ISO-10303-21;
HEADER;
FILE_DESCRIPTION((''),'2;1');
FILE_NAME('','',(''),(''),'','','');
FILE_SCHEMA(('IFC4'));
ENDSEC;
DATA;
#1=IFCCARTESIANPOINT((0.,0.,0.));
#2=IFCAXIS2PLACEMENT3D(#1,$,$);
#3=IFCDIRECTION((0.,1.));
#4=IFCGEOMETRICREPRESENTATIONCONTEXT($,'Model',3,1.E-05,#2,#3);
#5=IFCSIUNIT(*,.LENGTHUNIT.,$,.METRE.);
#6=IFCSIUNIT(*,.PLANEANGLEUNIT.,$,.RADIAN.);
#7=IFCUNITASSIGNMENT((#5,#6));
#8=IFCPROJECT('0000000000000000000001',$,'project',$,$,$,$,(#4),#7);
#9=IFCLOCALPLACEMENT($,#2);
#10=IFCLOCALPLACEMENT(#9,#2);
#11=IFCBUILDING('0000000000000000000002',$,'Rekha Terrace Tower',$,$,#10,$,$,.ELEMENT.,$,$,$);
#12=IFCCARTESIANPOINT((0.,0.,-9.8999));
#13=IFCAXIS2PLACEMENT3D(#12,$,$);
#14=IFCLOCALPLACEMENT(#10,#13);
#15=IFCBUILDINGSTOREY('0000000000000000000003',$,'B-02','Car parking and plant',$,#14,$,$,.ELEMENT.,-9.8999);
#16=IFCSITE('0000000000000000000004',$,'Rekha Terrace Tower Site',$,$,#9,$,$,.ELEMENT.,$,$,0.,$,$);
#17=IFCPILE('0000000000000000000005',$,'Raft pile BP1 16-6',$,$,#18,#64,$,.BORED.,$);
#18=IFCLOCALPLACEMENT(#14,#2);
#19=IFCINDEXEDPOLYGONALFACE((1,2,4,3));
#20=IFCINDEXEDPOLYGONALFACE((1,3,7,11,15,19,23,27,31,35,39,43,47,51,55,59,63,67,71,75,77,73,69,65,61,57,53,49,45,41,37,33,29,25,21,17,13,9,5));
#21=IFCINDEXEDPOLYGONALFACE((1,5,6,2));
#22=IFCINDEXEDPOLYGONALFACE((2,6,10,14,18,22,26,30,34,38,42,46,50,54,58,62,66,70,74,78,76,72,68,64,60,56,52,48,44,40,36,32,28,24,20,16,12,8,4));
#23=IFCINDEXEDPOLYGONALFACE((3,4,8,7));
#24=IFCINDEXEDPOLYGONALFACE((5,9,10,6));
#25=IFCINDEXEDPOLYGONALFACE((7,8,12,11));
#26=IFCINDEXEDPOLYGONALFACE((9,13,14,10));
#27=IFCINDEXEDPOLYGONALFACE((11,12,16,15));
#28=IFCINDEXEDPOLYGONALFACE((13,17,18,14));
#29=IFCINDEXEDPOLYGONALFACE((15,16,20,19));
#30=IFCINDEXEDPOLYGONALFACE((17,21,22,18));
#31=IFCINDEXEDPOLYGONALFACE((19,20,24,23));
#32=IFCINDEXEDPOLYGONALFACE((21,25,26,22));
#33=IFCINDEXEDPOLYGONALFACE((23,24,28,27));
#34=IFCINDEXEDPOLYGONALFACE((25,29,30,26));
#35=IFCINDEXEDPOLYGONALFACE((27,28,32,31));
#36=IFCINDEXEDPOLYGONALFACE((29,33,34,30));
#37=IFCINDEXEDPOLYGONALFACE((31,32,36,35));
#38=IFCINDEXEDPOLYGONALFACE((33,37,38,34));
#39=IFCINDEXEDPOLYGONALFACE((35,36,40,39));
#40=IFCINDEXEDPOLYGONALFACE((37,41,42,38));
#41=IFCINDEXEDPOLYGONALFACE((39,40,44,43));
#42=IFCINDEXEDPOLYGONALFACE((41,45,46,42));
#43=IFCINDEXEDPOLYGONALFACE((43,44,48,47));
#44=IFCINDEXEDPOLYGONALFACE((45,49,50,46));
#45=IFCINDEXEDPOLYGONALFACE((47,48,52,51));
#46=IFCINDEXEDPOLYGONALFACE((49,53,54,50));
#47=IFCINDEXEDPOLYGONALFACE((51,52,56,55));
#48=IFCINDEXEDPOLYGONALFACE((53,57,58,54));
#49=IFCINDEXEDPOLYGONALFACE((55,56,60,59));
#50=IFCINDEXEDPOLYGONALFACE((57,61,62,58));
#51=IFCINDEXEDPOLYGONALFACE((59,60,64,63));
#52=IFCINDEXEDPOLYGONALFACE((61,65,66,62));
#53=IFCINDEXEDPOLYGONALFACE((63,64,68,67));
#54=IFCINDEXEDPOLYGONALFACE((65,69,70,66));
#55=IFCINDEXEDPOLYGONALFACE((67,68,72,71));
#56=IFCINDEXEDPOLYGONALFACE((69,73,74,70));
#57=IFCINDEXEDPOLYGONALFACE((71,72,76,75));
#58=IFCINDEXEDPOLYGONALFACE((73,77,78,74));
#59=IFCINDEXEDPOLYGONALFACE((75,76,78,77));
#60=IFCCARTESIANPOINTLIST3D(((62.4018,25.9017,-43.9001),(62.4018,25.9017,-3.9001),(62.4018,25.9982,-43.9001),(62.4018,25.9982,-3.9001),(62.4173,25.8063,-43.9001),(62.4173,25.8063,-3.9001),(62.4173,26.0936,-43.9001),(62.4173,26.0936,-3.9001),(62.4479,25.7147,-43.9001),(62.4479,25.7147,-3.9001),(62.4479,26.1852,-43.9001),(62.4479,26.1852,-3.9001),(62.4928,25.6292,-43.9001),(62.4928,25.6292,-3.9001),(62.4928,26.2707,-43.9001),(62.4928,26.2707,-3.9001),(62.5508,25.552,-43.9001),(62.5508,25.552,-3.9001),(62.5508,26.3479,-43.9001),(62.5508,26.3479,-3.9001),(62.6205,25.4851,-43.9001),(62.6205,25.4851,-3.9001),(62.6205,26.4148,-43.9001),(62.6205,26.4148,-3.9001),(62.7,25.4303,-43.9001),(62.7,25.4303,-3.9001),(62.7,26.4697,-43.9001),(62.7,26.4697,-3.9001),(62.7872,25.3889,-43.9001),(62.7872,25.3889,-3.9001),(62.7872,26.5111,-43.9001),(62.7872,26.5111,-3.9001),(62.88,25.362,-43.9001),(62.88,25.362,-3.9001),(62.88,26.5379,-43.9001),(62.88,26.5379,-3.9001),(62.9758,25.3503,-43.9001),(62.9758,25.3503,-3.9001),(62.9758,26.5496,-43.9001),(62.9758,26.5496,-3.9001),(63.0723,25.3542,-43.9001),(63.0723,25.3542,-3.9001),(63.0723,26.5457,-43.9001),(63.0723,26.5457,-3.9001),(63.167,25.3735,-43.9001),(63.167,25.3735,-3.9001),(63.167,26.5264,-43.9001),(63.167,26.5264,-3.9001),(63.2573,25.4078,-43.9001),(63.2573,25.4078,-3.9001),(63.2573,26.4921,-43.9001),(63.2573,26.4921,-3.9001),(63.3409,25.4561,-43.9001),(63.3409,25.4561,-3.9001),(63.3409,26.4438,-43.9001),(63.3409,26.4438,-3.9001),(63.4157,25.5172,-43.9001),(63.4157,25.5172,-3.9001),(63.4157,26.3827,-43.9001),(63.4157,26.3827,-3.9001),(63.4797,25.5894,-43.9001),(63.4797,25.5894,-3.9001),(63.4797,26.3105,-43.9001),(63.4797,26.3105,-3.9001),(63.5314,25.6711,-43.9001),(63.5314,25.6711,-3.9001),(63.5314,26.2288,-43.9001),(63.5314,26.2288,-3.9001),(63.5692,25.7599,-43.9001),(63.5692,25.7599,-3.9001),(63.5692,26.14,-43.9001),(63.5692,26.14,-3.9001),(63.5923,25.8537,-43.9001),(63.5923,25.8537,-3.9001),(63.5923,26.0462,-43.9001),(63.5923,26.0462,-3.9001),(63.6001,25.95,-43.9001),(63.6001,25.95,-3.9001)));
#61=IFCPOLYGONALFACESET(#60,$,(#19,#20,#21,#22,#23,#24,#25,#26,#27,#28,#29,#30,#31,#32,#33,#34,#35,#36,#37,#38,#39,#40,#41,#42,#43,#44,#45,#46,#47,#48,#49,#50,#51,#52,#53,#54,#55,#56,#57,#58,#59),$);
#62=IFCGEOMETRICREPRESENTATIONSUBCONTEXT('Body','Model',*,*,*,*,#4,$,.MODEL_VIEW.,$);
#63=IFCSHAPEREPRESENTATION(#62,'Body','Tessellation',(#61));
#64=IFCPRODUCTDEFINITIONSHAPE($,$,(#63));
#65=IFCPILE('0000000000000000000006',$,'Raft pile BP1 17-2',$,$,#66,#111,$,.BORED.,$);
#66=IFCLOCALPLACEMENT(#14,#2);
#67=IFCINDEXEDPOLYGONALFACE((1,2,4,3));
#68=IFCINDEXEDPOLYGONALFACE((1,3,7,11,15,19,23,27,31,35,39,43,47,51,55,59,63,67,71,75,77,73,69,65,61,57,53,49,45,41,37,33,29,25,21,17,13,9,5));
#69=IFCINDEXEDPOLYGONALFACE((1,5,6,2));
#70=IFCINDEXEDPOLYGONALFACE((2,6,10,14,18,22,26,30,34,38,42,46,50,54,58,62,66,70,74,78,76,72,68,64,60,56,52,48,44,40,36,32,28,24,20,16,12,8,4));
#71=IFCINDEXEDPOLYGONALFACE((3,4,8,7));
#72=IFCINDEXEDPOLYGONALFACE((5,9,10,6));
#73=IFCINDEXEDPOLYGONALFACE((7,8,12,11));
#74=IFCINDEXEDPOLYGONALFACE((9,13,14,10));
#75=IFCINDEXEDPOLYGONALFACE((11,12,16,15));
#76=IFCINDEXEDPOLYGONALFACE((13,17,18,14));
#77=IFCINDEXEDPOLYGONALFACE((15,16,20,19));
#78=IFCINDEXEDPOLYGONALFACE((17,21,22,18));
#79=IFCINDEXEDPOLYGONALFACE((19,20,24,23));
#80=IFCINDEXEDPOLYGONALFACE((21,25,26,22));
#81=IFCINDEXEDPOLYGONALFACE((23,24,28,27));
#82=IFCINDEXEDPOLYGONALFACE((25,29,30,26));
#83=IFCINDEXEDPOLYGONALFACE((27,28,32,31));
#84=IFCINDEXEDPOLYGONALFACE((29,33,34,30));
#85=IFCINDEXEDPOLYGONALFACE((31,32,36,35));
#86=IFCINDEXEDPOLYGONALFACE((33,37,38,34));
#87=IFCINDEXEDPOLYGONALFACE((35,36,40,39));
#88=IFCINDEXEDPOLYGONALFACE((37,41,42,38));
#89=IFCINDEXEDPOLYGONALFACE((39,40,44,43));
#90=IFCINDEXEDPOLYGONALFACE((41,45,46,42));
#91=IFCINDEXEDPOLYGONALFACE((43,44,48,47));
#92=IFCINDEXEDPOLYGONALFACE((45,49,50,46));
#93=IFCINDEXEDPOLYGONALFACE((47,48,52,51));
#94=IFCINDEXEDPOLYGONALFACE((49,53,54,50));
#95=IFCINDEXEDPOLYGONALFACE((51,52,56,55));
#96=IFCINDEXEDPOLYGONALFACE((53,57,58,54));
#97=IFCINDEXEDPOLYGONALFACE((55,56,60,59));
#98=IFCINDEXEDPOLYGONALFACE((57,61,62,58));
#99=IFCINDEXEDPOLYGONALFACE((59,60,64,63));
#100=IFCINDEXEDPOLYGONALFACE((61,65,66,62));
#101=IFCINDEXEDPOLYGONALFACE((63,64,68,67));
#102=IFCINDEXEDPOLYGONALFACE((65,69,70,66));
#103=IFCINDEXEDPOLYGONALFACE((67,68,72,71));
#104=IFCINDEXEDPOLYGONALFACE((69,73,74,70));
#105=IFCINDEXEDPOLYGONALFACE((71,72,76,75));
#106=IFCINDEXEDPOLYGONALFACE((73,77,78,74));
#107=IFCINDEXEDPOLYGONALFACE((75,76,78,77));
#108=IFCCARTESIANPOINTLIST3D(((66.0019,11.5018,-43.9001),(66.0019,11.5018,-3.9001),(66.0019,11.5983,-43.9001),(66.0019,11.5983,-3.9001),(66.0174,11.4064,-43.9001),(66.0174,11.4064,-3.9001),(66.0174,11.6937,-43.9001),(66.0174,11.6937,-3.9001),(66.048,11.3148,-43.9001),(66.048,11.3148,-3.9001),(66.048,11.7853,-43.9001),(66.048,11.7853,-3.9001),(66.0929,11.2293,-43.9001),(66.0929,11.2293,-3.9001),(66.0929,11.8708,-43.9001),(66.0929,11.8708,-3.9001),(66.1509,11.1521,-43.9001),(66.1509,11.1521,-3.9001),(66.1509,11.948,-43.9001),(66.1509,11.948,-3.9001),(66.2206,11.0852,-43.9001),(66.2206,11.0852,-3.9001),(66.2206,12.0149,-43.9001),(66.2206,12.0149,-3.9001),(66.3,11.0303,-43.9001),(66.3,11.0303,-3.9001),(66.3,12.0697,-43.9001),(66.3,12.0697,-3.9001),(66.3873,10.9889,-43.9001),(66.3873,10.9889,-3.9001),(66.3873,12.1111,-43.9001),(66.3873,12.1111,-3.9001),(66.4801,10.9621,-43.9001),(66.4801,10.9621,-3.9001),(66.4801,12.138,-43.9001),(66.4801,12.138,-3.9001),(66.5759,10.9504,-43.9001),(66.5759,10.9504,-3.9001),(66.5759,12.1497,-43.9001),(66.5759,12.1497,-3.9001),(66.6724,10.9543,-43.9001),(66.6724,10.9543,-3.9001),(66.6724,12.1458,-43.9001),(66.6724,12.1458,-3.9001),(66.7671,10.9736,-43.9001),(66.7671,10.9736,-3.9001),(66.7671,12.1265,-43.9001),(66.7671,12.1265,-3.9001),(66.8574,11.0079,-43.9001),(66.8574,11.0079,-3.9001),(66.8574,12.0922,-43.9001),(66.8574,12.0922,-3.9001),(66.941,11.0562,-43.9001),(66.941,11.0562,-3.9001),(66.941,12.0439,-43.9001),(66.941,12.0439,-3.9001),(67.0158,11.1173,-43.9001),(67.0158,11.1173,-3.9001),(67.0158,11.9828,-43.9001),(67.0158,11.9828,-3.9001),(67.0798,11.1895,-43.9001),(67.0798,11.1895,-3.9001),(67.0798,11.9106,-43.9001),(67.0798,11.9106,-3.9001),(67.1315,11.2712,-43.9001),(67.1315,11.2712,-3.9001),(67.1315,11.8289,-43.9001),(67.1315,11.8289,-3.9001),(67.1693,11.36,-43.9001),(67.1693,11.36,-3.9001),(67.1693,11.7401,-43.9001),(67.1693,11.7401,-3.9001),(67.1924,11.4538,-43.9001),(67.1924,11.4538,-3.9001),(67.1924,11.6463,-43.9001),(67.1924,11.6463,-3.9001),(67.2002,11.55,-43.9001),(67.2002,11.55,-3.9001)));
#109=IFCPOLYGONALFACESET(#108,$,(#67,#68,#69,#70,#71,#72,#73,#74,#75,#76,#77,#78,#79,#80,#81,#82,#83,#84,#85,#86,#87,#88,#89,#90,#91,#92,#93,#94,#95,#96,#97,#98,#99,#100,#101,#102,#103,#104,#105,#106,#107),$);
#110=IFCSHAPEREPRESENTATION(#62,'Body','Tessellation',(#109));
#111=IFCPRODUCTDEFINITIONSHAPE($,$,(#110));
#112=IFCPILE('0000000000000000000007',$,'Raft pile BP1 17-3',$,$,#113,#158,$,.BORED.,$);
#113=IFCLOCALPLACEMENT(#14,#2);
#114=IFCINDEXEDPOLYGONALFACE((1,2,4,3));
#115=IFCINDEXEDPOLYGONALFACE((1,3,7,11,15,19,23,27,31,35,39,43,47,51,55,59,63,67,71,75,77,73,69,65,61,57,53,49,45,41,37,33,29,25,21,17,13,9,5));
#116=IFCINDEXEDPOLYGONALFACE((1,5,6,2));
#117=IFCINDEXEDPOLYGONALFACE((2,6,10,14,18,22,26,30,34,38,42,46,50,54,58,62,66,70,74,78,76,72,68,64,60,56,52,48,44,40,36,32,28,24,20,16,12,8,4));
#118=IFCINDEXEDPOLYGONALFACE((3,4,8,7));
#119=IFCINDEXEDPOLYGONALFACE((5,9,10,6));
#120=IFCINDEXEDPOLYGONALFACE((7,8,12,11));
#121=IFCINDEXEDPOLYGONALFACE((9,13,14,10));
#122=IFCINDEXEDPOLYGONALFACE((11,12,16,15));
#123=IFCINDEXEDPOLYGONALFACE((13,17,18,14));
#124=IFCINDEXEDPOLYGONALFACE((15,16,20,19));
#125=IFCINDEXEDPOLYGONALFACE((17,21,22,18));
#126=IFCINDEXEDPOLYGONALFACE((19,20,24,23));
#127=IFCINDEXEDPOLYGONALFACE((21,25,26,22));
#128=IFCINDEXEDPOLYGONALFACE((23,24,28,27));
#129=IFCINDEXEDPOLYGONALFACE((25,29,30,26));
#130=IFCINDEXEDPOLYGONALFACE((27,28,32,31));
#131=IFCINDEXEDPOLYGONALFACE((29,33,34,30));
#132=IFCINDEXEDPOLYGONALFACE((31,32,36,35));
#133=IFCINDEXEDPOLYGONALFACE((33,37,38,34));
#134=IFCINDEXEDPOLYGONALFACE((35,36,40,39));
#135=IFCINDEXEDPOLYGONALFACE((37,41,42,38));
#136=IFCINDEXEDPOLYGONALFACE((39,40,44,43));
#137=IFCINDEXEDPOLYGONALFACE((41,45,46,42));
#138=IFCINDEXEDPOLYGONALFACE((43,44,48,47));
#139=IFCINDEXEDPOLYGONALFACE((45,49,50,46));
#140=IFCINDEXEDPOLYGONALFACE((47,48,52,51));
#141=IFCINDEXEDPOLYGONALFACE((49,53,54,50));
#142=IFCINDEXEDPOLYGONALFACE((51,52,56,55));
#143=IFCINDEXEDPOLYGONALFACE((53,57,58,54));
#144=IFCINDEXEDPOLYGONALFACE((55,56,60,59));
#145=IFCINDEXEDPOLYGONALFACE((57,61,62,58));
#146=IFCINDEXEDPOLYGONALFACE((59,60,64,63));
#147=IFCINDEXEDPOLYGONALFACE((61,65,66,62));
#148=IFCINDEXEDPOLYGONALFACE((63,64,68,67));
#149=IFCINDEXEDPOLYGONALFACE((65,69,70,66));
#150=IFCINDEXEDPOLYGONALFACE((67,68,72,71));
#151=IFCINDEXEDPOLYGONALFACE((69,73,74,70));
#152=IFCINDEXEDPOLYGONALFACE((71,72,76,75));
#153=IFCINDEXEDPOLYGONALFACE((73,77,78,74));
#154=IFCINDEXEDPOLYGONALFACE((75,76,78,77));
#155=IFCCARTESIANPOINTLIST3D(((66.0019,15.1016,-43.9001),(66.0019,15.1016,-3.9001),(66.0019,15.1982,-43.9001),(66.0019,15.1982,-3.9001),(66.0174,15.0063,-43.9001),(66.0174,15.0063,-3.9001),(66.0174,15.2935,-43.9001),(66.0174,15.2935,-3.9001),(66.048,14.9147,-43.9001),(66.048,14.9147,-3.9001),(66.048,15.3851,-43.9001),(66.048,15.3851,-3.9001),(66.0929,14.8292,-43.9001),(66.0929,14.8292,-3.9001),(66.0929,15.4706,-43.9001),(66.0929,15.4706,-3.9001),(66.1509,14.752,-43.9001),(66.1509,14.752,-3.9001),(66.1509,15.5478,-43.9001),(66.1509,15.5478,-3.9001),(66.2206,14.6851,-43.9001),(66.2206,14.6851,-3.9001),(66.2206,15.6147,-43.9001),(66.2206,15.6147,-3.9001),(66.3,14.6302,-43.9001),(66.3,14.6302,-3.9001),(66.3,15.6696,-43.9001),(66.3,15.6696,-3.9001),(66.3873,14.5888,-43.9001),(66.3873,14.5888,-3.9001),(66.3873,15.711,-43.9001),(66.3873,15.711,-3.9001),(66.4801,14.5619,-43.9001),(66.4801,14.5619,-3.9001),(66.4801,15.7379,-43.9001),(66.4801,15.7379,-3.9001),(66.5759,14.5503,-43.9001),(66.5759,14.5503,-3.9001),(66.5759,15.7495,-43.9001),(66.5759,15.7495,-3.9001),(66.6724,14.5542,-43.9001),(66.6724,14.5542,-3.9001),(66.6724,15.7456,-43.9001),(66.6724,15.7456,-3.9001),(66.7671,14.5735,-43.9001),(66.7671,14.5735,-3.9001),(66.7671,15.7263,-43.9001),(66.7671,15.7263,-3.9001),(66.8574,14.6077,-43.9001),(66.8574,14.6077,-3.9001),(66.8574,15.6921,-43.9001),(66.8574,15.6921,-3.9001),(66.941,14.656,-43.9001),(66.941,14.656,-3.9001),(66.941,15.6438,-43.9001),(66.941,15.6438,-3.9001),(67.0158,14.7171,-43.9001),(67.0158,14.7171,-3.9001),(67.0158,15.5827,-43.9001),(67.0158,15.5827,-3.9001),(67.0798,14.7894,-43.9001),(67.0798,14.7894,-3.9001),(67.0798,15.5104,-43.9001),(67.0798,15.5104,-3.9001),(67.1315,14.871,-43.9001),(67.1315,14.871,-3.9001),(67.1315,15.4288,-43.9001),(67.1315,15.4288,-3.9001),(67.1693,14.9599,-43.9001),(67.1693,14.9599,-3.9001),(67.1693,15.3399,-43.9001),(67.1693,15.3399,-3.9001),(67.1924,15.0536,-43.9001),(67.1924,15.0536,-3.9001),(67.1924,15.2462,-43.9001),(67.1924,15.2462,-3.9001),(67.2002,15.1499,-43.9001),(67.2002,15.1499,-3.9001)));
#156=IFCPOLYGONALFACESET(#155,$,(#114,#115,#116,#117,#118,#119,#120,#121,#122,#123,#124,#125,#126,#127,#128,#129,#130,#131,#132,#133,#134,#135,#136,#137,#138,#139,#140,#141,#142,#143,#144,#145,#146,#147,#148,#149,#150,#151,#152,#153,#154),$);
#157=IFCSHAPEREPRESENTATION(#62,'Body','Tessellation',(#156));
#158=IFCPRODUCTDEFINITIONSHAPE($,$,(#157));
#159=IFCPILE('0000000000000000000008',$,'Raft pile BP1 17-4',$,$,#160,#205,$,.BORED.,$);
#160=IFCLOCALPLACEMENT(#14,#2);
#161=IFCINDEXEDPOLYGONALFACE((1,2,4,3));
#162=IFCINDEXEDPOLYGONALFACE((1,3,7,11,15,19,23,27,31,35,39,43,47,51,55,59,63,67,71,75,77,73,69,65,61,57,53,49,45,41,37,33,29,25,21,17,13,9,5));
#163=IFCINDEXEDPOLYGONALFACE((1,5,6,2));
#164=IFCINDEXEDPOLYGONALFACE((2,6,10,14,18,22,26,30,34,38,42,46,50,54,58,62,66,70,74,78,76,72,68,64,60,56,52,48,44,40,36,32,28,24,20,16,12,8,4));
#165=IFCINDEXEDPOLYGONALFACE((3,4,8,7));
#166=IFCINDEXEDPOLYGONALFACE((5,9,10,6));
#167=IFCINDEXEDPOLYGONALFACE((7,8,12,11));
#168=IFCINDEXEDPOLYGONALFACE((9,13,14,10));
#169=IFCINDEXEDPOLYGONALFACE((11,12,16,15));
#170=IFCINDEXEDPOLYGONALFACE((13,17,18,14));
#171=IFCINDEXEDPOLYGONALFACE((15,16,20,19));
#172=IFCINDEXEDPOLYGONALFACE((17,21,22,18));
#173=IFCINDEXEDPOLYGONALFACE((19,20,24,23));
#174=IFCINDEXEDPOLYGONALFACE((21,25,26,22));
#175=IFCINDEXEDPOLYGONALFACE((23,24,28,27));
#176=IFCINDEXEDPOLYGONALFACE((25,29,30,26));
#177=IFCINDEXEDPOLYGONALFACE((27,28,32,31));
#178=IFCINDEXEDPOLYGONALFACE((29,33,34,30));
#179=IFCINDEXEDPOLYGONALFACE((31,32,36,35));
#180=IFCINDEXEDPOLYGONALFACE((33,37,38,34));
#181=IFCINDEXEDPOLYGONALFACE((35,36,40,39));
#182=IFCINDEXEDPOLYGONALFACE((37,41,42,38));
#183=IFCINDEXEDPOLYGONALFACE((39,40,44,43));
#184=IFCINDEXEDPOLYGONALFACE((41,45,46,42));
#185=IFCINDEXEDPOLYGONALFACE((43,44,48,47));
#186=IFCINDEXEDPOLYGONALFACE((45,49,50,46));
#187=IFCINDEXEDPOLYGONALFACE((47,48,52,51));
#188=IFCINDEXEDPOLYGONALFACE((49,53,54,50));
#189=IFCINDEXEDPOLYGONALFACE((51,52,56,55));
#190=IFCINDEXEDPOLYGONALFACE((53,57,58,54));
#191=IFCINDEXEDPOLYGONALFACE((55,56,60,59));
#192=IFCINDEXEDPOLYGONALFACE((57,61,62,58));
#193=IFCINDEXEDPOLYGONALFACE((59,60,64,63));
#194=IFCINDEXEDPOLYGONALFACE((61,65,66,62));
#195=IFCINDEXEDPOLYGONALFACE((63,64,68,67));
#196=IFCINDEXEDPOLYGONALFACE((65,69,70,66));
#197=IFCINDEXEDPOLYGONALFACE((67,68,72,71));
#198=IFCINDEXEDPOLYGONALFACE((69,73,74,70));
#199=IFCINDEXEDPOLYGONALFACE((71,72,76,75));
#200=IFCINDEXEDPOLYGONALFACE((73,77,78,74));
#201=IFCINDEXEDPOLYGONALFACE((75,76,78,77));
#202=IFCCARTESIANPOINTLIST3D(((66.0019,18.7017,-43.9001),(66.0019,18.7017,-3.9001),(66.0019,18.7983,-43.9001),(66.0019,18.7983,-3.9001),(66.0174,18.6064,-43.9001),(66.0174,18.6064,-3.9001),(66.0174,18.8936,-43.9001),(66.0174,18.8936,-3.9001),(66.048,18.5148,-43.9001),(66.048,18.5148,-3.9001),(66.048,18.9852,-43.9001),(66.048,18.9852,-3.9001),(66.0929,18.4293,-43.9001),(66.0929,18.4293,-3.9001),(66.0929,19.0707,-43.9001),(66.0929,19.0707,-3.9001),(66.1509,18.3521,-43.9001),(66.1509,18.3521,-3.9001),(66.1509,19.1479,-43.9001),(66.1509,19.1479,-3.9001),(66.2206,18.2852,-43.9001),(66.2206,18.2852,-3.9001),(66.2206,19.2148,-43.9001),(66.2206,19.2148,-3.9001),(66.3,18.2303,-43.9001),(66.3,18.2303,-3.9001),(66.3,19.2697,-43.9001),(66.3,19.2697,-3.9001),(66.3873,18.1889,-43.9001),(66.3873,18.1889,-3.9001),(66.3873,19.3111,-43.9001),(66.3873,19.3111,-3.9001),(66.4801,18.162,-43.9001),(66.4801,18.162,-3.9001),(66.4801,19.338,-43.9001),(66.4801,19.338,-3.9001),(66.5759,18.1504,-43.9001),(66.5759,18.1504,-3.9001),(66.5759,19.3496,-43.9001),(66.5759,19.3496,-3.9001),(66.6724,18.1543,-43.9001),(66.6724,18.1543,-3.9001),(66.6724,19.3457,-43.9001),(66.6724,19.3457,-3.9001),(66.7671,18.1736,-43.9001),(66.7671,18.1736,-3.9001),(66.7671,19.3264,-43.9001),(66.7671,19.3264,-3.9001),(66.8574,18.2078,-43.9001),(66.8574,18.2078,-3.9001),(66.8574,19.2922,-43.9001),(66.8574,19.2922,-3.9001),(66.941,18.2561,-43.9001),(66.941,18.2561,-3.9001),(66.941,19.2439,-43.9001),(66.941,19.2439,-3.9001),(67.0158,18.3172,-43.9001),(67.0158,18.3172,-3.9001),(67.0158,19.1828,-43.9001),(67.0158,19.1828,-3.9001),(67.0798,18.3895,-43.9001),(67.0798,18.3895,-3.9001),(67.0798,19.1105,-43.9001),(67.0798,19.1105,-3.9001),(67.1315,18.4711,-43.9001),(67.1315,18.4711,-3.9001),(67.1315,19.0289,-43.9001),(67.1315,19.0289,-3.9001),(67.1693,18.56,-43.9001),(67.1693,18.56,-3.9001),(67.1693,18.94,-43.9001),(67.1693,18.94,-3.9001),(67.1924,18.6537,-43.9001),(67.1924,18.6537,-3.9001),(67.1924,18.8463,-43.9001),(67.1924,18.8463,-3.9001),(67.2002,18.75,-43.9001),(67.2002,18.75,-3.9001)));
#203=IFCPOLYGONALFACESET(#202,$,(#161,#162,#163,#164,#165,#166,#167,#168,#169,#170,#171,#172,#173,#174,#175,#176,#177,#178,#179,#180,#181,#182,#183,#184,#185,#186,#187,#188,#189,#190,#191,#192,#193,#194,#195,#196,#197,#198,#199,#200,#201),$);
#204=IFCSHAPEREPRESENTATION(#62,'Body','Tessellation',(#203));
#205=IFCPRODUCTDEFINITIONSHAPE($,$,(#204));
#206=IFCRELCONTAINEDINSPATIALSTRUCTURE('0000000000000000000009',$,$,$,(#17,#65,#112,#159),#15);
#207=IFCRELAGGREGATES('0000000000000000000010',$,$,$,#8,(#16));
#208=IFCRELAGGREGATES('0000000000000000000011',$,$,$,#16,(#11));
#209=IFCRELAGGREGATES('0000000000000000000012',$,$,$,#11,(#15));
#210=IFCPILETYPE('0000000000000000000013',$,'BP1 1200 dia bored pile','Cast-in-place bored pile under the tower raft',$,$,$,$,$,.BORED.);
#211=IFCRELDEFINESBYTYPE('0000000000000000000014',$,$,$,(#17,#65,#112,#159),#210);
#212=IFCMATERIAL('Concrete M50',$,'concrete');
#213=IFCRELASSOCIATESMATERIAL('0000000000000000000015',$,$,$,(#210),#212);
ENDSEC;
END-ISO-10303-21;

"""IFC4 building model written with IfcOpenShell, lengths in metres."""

from ifc_helpers import new_model, si_unit, direction, frame, origin, origin_2d, place, context, subcontext, project, spatial, circle, extrude, material, type_object, element, save


model = new_model("IFC4")

# Units and contexts
model_context = context("Model", 3, precision=1e-05, world=origin(), true_north=direction((0.0, 1.0)))
body_context = subcontext(model_context, "Body", "Model", "MODEL_VIEW")
ifc_project = project(units=[si_unit("LENGTHUNIT", "METRE"), si_unit("PLANEANGLEUNIT", "RADIAN")], contexts=[model_context])

# Site, building, storey
site_placement = place(None, origin())
site = spatial("IfcSite", under=ifc_project, at=site_placement, Name="Rekha Terrace Tower Site", CompositionType="ELEMENT", RefElevation=0.0)
building_placement = place(site_placement, origin())
building = spatial("IfcBuilding", under=site, at=building_placement, Name="Rekha Terrace Tower", CompositionType="ELEMENT")
storey_placement = place(building_placement, frame((0.0, 0.0, -9.8999)))
storey = spatial("IfcBuildingStorey", under=building, at=storey_placement, Name="B-02", Description="Car parking and plant", CompositionType="ELEMENT", Elevation=-9.8999)

# Piles
ifc_material_1 = material(Name="Concrete M50", Category="concrete")
pile_type = type_object("IfcPileType", Name="BP1 1200 dia bored pile", Description="Cast-in-place bored pile under the tower raft", PredefinedType="BORED", material=ifc_material_1)
for number, where, z_axis, x_axis, name in (
    (1, (63.0, 25.95, -3.9001), (0.0, 0.0, -1.0), (1.0, 0.0, 0.0), "Raft pile BP1 16-6"),
    (2, (66.6001, 11.55, -3.9001), (0.0, 0.0, -1.0), (1.0, 0.0, 0.0), "Raft pile BP1 17-2"),
    (3, (66.6001, 15.1499, -3.9001), (0.0, 0.0, -1.0), (1.0, 0.0, 0.0), "Raft pile BP1 17-3"),
    (4, (66.6001, 18.75, -3.9001), (0.0, 0.0, -1.0), (1.0, 0.0, 0.0), "Raft pile BP1 17-4"),
):
    element("IfcPile", number, at=place(storey_placement, frame(where, z_axis=z_axis, x_axis=x_axis)), inside=storey, type_object=pile_type, Name=name, PredefinedType="BORED", context=body_context, shape_type="SweptSolid", body=[
        extrude(circle(Radius=0.6001, at=origin_2d()), origin(), (0.0, 0.0, 1.0), 40.0),
    ])

save(model, "model.ifc")
